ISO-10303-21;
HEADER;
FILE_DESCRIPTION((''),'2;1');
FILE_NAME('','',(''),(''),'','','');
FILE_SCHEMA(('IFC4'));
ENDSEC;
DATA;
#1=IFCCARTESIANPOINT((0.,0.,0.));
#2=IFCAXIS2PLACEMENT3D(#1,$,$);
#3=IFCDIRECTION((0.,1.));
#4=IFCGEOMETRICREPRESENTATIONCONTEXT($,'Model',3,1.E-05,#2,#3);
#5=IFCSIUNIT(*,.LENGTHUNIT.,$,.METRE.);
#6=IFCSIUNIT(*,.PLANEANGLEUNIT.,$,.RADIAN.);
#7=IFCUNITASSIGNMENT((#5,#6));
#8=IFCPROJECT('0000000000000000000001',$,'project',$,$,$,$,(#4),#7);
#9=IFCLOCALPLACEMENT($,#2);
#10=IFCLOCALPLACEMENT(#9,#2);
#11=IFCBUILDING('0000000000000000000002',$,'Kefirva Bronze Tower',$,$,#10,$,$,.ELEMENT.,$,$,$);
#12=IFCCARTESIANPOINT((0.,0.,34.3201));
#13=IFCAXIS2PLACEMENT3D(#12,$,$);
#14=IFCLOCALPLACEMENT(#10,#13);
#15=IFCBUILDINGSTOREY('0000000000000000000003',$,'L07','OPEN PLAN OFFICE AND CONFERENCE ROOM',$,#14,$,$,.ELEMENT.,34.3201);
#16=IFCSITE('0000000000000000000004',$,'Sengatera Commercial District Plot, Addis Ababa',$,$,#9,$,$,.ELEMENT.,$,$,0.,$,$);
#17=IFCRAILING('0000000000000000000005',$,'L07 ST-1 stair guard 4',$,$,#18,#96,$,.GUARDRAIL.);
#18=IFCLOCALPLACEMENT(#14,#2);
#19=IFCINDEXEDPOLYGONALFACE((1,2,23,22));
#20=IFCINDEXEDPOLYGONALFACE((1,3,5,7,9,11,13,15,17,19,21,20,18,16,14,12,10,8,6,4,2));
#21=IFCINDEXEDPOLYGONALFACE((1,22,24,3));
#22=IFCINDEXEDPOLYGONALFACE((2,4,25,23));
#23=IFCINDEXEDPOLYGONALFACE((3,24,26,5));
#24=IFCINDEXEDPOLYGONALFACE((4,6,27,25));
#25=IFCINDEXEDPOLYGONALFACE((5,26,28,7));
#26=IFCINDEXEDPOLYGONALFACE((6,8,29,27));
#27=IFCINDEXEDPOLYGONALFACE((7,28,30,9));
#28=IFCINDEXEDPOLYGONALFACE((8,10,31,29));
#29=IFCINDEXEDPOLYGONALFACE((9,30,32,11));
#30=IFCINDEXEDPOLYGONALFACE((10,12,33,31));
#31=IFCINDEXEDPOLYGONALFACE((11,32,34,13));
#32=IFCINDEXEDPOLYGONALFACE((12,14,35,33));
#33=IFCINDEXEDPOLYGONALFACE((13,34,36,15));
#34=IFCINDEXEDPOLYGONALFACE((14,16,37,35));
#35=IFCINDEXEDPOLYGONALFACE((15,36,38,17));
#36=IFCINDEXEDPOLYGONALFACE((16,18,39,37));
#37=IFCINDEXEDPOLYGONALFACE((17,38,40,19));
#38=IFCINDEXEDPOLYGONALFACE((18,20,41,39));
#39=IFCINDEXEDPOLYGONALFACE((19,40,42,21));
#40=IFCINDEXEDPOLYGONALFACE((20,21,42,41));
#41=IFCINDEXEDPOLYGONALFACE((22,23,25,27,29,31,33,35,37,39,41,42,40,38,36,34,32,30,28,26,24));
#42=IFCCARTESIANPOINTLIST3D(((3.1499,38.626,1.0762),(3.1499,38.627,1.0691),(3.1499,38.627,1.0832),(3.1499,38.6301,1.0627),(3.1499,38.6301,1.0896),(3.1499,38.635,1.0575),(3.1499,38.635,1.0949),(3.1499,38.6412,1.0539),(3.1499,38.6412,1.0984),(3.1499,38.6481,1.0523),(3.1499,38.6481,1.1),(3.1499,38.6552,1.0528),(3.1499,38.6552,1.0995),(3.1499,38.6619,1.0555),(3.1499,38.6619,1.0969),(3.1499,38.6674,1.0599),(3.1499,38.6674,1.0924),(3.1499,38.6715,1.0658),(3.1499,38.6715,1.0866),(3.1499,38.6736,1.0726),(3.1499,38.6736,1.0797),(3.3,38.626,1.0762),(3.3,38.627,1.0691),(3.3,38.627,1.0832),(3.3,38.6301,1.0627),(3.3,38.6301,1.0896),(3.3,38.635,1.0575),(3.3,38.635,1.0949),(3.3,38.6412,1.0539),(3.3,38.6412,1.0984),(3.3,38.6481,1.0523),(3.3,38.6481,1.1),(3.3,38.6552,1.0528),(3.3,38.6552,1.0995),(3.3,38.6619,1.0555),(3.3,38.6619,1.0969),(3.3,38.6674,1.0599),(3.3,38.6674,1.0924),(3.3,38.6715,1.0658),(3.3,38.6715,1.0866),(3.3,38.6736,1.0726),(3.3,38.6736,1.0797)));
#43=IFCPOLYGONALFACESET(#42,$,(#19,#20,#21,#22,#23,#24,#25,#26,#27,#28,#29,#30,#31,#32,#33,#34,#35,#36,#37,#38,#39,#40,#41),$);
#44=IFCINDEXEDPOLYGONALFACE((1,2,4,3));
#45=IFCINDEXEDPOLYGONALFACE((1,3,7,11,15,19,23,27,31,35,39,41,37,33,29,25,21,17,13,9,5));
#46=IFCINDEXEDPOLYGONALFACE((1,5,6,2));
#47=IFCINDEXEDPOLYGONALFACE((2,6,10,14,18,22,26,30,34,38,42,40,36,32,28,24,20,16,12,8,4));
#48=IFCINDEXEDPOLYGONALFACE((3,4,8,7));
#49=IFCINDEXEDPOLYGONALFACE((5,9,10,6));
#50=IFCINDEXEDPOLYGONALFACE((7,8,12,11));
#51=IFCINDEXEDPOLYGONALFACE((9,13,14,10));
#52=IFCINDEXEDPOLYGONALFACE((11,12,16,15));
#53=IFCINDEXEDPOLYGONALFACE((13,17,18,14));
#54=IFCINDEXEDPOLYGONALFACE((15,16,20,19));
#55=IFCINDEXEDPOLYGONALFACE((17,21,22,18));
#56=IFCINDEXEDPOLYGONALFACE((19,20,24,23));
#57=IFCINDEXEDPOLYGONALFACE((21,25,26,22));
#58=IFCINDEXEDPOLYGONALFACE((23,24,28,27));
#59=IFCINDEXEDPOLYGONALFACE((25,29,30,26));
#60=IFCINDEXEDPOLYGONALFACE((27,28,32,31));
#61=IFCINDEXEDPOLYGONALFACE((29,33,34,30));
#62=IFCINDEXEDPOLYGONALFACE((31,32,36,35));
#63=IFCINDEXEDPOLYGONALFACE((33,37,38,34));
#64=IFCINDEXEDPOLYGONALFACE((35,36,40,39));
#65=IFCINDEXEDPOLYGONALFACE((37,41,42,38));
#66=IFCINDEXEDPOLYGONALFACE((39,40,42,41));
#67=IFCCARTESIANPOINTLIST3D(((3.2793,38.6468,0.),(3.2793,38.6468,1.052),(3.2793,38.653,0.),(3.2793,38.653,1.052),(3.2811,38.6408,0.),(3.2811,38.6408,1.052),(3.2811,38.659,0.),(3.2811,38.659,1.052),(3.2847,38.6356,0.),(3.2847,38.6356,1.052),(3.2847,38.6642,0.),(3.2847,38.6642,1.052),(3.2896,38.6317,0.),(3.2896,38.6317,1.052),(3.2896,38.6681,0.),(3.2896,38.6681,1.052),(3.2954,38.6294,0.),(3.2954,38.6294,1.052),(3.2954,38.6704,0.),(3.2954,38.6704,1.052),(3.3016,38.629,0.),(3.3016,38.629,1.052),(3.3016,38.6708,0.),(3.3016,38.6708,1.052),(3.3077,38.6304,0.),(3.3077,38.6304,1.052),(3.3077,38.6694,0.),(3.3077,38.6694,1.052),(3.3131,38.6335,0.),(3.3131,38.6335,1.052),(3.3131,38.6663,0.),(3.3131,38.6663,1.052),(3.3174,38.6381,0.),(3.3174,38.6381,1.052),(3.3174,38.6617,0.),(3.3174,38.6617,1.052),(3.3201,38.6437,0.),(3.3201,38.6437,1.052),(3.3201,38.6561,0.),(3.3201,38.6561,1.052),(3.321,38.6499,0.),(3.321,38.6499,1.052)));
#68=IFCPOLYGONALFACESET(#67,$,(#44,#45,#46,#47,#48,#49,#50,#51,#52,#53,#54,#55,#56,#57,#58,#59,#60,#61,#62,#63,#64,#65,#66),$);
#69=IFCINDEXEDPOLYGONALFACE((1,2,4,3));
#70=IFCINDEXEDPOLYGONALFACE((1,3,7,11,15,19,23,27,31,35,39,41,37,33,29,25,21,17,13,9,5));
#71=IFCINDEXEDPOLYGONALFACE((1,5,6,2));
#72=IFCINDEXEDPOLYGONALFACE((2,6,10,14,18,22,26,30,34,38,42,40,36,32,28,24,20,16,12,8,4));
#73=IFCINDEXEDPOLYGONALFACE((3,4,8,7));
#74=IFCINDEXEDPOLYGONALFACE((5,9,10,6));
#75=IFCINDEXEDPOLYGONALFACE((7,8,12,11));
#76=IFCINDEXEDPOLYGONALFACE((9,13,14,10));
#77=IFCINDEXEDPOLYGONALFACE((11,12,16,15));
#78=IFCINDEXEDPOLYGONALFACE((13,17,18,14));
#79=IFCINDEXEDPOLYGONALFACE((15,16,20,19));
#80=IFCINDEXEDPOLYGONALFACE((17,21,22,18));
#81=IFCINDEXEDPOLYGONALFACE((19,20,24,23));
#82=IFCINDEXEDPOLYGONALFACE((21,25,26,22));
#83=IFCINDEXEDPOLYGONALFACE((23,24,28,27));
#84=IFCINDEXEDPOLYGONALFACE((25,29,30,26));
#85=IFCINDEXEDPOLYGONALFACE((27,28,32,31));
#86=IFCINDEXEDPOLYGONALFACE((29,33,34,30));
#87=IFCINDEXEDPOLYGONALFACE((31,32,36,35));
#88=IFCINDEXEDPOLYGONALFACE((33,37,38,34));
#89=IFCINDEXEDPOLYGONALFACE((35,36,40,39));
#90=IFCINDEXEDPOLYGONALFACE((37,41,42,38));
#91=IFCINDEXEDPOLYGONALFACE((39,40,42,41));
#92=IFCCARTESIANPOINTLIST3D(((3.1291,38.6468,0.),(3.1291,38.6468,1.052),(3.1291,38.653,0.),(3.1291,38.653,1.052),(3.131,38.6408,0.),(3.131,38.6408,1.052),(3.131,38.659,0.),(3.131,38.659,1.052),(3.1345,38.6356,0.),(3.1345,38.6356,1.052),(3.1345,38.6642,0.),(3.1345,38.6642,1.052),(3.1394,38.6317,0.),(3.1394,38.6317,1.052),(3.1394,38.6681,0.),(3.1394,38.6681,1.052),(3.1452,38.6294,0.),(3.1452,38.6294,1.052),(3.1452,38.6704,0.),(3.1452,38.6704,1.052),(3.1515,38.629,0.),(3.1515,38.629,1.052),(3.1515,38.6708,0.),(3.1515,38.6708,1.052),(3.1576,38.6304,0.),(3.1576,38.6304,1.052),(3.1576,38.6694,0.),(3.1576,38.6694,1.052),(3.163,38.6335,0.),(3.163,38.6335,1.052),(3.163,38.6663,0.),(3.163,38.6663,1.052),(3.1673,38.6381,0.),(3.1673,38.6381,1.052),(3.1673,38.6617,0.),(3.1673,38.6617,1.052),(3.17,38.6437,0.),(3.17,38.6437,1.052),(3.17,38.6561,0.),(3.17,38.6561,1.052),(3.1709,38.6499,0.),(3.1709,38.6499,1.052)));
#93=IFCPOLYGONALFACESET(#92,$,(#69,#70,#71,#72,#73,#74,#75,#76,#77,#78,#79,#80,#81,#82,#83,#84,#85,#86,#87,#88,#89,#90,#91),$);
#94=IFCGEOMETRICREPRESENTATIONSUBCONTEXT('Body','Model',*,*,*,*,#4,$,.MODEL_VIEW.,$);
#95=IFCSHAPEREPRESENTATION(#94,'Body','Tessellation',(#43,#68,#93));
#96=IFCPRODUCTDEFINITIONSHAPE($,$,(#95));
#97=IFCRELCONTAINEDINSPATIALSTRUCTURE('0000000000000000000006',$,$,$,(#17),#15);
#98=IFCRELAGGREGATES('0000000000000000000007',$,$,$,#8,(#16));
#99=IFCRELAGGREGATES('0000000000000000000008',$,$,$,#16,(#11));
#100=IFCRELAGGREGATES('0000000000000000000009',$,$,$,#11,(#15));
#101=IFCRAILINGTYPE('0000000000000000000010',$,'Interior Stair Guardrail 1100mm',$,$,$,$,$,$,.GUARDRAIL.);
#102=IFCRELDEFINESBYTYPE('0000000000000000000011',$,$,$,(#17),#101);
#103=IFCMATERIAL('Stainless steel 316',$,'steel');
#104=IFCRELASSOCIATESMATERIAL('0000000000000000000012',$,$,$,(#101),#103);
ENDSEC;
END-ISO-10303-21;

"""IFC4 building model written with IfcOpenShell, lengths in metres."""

from ifc_helpers import new_model, si_unit, direction, frame, origin, origin_2d, place, context, subcontext, project, spatial, circle, extrude, material, type_object, element, save


model = new_model("IFC4")

# Units and contexts
model_context = context("Model", 3, precision=1e-05, world=origin(), true_north=direction((0.0, 1.0)))
body_context = subcontext(model_context, "Body", "Model", "MODEL_VIEW")
ifc_project = project(units=[si_unit("LENGTHUNIT", "METRE"), si_unit("PLANEANGLEUNIT", "RADIAN")], contexts=[model_context])

# Site, building, storey
site_placement = place(None, origin())
site = spatial("IfcSite", under=ifc_project, at=site_placement, Name="Sengatera Commercial District Plot, Addis Ababa", CompositionType="ELEMENT", RefElevation=0.0)
building_placement = place(site_placement, origin())
building = spatial("IfcBuilding", under=site, at=building_placement, Name="Kefirva Bronze Tower", CompositionType="ELEMENT")
storey_placement = place(building_placement, frame((0.0, 0.0, 34.3201)))
storey = spatial("IfcBuildingStorey", under=building, at=storey_placement, Name="L07", Description="OPEN PLAN OFFICE AND CONFERENCE ROOM", CompositionType="ELEMENT", Elevation=34.3201)

# Railing
ifc_material_1 = material(Name="Stainless steel 316", Category="steel")
railing_type_1 = type_object("IfcRailingType", Name="Interior Stair Guardrail 1100mm", PredefinedType="GUARDRAIL", material=ifc_material_1)
railing_1_placement = place(storey_placement, frame((3.3, 38.6499, 0.0)))
element("IfcRailing", 1, at=railing_1_placement, inside=storey, type_object=railing_type_1, Name="L07 ST-1 stair guard 4", PredefinedType="GUARDRAIL", context=body_context, shape_type="SweptSolid", body=[
    extrude(circle(Radius=0.0239, at=origin_2d()), frame((0.0, 0.0, 1.0762), z_axis=(-1.0, 0.0, 0.0), x_axis=(0.0, -1.0, 0.0)), (0.0, 0.0, 1.0), 0.1501),
    extrude(circle(Radius=0.021, at=origin_2d()), origin(), (0.0, 0.0, 1.0), 1.052),
    extrude(circle(Radius=0.021, at=origin_2d()), frame((-0.1501, 0.0, 0.0)), (0.0, 0.0, 1.0), 1.052),
])

save(model, "model.ifc")
